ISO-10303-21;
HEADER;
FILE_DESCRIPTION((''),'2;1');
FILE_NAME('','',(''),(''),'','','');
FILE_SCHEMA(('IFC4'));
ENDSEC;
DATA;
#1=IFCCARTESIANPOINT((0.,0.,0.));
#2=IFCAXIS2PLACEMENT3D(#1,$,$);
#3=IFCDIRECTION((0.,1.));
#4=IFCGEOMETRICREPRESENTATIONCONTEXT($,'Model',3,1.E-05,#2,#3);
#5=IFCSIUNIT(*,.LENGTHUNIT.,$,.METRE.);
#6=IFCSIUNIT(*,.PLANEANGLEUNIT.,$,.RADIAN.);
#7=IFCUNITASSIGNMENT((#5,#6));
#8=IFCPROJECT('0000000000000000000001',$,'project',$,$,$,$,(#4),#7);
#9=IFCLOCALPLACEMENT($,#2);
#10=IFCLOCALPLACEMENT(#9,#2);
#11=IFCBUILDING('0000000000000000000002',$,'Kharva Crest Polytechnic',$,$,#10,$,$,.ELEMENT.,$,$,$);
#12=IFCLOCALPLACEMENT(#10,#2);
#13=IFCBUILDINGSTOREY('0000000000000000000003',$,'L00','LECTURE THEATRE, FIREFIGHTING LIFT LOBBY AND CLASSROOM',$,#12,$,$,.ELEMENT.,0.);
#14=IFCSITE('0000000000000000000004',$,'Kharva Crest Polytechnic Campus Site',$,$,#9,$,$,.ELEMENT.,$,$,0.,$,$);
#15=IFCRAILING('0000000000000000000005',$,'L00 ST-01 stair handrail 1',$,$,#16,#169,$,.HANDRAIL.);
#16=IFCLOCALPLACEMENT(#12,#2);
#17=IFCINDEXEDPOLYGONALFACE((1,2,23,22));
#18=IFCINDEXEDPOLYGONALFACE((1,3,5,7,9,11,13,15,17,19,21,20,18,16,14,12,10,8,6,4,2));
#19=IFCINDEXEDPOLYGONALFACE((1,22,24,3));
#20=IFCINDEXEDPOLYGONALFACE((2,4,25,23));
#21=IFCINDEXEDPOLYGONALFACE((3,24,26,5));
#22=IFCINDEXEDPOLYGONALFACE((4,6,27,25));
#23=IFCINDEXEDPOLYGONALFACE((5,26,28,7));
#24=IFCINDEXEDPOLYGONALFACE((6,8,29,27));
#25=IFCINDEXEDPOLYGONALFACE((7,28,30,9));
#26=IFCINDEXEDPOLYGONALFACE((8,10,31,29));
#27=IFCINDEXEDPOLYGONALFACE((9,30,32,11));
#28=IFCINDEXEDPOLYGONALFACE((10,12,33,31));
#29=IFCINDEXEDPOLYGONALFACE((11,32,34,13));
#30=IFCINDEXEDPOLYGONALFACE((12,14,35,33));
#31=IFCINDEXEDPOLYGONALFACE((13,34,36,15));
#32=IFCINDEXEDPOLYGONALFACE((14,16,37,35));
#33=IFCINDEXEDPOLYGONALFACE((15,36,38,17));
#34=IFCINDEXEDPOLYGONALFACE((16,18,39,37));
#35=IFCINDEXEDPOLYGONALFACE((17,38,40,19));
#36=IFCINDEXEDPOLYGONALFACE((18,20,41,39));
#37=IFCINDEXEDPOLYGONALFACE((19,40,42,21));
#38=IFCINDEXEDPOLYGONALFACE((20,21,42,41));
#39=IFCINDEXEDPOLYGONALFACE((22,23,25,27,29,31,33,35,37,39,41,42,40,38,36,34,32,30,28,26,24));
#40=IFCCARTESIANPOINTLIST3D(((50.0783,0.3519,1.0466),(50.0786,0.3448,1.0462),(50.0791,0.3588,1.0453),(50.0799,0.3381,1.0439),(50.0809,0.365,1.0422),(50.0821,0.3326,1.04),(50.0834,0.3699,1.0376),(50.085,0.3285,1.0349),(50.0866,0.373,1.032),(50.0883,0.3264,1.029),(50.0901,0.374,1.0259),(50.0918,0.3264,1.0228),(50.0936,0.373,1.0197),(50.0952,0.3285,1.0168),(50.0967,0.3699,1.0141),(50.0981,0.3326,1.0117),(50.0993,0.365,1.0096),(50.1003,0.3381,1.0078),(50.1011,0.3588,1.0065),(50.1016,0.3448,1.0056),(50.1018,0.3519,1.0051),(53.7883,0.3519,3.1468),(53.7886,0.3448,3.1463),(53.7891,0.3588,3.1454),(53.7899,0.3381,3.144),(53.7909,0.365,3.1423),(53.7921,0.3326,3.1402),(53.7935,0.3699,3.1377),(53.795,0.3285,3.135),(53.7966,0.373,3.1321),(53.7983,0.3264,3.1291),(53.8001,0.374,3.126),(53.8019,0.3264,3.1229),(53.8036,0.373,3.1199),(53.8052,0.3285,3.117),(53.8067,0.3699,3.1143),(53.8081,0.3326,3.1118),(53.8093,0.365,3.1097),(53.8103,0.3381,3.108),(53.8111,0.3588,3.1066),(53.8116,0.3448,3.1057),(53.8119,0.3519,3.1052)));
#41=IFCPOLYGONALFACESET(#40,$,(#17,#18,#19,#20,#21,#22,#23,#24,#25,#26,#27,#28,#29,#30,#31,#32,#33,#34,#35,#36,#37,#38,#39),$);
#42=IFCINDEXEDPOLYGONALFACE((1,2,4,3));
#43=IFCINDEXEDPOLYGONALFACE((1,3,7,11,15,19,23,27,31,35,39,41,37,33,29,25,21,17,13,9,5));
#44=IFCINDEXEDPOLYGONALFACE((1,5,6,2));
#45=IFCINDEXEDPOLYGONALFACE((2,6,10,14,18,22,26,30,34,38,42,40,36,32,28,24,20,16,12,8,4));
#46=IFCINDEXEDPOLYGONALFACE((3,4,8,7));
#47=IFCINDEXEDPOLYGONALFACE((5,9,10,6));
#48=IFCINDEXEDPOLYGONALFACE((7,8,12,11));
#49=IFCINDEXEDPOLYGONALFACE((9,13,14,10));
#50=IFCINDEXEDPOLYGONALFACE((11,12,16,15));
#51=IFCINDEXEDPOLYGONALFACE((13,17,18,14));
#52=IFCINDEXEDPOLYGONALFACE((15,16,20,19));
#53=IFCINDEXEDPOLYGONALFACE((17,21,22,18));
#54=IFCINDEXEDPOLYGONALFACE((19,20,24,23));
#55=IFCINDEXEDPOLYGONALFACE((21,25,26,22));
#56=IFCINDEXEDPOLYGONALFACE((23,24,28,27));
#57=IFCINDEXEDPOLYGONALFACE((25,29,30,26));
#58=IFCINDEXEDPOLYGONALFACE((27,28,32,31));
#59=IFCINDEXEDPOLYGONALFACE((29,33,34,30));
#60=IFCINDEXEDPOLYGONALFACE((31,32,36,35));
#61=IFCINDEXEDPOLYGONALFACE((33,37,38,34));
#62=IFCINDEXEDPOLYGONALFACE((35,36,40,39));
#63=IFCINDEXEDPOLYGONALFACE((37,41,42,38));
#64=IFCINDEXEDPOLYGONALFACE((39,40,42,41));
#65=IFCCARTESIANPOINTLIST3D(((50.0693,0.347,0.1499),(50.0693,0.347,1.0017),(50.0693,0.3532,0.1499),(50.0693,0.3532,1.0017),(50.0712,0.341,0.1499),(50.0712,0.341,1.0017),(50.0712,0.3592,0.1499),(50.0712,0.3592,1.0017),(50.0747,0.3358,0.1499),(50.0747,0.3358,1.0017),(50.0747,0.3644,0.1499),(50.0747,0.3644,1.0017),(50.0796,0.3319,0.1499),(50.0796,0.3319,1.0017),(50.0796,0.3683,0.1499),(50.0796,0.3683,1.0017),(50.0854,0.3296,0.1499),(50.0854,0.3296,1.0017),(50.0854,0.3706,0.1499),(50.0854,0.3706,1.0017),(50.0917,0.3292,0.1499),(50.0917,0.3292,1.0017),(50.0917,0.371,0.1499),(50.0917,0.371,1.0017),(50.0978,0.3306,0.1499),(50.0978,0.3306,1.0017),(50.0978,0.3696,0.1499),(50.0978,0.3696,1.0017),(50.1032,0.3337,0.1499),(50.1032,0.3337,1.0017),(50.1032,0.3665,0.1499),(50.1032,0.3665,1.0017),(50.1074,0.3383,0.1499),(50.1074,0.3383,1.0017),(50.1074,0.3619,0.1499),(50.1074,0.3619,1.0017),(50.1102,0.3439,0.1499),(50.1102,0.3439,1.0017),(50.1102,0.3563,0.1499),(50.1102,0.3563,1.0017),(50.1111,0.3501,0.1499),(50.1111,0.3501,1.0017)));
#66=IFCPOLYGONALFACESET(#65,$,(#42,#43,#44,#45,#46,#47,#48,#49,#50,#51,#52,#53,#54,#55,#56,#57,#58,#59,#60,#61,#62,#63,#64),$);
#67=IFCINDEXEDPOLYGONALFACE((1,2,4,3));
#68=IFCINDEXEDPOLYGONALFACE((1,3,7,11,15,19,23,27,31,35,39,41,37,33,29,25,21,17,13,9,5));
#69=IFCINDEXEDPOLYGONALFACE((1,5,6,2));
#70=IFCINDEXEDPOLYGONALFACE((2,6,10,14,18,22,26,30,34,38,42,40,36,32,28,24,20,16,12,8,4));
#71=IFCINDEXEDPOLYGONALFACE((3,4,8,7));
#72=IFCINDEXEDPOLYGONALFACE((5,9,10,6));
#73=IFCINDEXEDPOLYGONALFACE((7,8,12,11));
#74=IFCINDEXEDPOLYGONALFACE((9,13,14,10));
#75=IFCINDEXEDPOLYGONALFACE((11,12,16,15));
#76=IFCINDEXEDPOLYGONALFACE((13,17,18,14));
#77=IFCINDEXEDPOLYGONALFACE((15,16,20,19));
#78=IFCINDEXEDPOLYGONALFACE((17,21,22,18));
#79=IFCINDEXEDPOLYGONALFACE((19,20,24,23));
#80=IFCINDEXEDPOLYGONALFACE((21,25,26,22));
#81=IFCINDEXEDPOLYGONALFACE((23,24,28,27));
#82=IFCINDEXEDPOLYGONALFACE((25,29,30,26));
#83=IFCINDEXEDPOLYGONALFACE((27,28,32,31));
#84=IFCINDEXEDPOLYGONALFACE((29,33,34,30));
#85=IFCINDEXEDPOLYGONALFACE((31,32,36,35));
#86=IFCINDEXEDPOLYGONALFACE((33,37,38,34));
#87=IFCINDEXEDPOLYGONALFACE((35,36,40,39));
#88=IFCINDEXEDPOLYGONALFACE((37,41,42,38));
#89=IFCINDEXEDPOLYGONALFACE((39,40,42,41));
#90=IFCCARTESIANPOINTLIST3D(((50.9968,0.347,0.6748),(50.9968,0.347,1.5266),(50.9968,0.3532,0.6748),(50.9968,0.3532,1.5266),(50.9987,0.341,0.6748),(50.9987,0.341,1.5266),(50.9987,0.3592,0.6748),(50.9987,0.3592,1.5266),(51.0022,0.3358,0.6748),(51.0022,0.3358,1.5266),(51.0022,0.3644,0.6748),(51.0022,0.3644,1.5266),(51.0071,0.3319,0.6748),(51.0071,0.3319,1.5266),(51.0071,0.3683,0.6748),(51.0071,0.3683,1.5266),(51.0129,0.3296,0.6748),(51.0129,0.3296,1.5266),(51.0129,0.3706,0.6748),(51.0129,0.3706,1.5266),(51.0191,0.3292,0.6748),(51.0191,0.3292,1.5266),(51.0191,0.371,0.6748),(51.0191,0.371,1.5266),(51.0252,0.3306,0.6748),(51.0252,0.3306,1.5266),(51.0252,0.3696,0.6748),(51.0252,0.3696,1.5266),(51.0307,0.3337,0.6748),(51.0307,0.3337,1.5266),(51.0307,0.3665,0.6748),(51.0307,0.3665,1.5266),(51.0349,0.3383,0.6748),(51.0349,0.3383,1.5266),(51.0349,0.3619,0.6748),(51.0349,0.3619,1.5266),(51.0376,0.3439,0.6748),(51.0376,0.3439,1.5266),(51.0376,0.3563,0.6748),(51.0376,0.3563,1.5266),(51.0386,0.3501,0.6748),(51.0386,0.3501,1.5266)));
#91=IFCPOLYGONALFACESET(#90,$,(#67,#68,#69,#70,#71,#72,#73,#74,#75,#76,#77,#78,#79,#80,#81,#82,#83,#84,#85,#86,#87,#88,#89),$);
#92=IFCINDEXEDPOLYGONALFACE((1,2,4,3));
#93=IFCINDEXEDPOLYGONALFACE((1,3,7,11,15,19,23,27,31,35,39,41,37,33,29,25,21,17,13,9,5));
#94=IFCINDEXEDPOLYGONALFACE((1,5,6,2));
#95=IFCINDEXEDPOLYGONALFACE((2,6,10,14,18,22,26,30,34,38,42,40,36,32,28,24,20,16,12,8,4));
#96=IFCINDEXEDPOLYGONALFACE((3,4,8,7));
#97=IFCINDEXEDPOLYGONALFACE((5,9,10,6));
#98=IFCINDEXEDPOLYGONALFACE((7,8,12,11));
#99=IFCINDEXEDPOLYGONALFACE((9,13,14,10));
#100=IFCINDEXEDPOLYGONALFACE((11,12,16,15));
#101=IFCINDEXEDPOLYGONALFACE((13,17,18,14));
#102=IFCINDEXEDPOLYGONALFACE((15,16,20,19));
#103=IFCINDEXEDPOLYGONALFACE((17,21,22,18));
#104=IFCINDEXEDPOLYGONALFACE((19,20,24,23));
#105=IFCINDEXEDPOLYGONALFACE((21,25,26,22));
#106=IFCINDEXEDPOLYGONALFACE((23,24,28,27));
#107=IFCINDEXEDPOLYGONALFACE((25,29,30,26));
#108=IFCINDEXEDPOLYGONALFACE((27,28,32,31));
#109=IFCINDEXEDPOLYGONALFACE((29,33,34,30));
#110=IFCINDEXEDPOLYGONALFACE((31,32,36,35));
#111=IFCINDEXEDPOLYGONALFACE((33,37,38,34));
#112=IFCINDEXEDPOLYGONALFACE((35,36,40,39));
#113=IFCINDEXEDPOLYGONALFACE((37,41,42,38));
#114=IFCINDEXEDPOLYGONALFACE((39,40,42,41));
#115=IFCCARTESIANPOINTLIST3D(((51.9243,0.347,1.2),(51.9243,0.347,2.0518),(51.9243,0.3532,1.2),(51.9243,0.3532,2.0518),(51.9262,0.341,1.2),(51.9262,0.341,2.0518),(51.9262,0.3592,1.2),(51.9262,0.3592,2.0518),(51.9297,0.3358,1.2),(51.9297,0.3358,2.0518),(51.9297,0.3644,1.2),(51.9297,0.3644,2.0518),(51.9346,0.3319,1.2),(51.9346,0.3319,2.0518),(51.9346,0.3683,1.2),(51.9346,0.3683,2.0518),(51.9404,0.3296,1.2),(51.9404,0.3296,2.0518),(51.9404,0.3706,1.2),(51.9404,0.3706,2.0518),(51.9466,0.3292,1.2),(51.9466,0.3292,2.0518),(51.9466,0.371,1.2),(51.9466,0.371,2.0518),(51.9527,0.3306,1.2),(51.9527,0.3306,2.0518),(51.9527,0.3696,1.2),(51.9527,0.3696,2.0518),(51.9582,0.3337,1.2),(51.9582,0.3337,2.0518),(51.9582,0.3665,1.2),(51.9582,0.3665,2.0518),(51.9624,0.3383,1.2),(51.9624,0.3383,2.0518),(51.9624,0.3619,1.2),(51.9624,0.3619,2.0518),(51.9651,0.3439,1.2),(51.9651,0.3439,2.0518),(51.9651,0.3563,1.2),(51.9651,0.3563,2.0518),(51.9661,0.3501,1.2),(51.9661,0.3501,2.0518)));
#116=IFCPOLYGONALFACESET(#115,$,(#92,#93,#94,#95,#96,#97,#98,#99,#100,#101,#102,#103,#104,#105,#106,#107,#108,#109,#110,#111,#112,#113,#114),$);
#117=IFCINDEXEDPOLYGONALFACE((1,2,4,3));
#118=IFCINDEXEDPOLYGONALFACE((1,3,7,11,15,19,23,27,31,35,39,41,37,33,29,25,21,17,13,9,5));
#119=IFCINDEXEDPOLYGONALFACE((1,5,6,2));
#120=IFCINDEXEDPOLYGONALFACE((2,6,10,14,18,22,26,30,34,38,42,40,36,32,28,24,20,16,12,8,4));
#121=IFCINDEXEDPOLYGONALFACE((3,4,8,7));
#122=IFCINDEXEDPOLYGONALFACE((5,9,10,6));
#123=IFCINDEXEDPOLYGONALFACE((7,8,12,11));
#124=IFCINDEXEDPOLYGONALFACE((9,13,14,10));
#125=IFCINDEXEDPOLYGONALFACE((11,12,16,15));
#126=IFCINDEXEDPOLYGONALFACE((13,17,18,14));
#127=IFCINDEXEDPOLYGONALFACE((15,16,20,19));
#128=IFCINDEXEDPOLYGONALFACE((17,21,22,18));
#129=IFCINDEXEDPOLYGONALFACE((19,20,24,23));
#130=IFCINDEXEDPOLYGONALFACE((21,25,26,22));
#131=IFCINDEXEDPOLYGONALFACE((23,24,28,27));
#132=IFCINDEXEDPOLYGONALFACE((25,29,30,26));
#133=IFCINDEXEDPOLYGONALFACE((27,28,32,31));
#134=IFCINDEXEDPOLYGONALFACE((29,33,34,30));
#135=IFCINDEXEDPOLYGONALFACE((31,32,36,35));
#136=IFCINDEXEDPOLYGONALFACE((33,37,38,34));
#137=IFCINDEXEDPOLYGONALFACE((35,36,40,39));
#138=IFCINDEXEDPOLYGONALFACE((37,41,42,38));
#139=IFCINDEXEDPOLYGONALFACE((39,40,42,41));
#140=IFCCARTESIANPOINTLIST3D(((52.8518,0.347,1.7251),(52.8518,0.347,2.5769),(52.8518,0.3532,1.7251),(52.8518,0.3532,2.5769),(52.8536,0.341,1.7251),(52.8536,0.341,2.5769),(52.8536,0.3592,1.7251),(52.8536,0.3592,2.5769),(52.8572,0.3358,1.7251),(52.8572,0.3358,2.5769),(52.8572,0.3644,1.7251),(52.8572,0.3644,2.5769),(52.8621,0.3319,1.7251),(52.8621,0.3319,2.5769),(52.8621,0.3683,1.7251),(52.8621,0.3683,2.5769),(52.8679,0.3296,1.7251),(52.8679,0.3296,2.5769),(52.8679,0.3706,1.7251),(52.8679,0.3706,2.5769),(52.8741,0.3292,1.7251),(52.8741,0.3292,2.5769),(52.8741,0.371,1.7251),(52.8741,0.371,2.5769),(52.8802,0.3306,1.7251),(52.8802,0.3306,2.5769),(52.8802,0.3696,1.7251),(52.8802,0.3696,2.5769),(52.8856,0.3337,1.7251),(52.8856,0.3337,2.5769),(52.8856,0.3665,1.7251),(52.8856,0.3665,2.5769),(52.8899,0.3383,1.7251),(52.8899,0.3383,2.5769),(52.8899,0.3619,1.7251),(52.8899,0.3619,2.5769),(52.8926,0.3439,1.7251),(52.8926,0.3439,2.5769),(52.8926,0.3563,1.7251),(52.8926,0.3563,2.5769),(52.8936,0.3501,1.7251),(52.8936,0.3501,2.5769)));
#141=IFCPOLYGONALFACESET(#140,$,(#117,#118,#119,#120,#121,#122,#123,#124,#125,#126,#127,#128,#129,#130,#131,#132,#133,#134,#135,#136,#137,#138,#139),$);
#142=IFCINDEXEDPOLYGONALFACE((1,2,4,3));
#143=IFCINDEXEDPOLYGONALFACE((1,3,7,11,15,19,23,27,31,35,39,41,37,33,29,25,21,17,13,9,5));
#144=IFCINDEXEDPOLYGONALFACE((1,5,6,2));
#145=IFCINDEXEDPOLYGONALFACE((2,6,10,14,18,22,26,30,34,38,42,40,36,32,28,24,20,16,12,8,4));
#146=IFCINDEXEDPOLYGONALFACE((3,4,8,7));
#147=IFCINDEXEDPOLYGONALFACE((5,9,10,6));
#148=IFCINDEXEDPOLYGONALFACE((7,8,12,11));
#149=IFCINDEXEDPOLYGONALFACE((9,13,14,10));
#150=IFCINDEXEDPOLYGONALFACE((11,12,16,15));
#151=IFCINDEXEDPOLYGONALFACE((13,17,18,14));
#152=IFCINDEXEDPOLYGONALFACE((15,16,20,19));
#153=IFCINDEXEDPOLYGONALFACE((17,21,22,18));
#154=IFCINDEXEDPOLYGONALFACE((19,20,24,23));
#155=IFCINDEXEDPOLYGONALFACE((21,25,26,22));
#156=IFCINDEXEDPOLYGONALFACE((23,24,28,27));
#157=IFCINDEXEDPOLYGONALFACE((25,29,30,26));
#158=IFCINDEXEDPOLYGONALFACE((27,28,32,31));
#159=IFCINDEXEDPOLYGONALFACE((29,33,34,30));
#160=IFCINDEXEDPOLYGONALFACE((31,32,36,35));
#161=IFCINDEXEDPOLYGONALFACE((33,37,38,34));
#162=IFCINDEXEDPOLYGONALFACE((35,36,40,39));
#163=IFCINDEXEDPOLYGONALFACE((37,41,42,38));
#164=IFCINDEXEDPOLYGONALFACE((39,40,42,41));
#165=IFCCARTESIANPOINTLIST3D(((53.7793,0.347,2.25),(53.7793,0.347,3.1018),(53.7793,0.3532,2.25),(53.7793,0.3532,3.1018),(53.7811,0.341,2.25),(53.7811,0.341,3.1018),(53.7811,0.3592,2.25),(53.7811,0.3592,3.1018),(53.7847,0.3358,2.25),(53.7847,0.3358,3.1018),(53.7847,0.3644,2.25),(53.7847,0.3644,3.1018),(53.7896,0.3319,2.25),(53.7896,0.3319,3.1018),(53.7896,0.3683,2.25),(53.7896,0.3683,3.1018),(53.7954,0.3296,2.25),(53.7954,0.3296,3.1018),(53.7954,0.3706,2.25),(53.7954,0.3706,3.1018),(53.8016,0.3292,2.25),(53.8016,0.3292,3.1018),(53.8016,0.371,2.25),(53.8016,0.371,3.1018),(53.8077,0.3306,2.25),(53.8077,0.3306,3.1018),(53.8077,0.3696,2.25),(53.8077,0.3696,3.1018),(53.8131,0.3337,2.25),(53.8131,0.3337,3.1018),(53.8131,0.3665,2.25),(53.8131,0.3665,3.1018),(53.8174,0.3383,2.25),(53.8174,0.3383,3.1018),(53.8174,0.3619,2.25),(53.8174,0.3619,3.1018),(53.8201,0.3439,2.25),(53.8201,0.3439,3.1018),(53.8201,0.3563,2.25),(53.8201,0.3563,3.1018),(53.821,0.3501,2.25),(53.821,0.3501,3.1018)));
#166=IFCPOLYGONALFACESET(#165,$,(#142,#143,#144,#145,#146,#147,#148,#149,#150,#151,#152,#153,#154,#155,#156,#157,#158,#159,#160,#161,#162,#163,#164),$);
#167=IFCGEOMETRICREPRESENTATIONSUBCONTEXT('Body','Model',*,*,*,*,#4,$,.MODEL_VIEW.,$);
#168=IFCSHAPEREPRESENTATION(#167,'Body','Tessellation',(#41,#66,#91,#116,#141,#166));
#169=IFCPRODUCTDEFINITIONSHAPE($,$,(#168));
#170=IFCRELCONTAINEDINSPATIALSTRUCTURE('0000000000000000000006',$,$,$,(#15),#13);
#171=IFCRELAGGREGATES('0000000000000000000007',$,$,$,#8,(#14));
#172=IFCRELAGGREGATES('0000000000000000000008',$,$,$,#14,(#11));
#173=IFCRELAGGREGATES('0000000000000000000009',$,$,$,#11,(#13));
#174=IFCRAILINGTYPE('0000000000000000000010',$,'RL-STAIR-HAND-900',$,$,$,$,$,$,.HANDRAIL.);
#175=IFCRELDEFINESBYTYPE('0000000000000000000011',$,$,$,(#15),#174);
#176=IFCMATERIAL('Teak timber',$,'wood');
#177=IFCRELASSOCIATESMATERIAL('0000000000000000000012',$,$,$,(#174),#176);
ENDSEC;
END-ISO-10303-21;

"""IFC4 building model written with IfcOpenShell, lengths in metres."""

from ifc_helpers import new_model, si_unit, direction, frame, origin, origin_2d, place, context, subcontext, project, spatial, circle, extrude, material, type_object, element, save


model = new_model("IFC4")

# Units and contexts
model_context = context("Model", 3, precision=1e-05, world=origin(), true_north=direction((0.0, 1.0)))
body_context = subcontext(model_context, "Body", "Model", "MODEL_VIEW")
ifc_project = project(units=[si_unit("LENGTHUNIT", "METRE"), si_unit("PLANEANGLEUNIT", "RADIAN")], contexts=[model_context])

# Site, building, storey
site_placement = place(None, origin())
site = spatial("IfcSite", under=ifc_project, at=site_placement, Name="Kharva Crest Polytechnic Campus Site", CompositionType="ELEMENT", RefElevation=0.0)
building_placement = place(site_placement, origin())
building = spatial("IfcBuilding", under=site, at=building_placement, Name="Kharva Crest Polytechnic", CompositionType="ELEMENT")
storey_placement = place(building_placement, origin())
storey = spatial("IfcBuildingStorey", under=building, at=storey_placement, Name="L00", Description="LECTURE THEATRE, FIREFIGHTING LIFT LOBBY AND CLASSROOM", CompositionType="ELEMENT", Elevation=0.0)

# Shared definitions
ifc_material_1 = material(Name="Teak timber", Category="wood")

# Railing
railing_type_1 = type_object("IfcRailingType", Name="RL-STAIR-HAND-900", PredefinedType="HANDRAIL", material=ifc_material_1)
railing_1_placement = place(storey_placement, frame((50.0901, 0.3501, 0.1499)))
element("IfcRailing", 1, at=railing_1_placement, inside=storey, type_object=railing_type_1, Name="L00 ST-01 stair handrail 1", PredefinedType="HANDRAIL", context=body_context, shape_type="SweptSolid", body=[
    extrude(circle(Radius=0.0239, at=origin_2d()), frame((0.0, 0.0, 0.876), z_axis=(0.870245, 0.0, 0.492619), x_axis=(0.0, 1.0, 0.0)), (0.0, 0.0, 1.0), 4.2632),
    extrude(circle(Radius=0.021, at=origin_2d()), origin(), (0.0, 0.0, 1.0), 0.8518),
    extrude(circle(Radius=0.021, at=origin_2d()), frame((0.9275, 0.0, 0.5249)), (0.0, 0.0, 1.0), 0.8518),
    extrude(circle(Radius=0.021, at=origin_2d()), frame((1.855, 0.0, 1.05)), (0.0, 0.0, 1.0), 0.8518),
    extrude(circle(Radius=0.021, at=origin_2d()), frame((2.7825, 0.0, 1.5752)), (0.0, 0.0, 1.0), 0.8518),
    extrude(circle(Radius=0.021, at=origin_2d()), frame((3.71, 0.0, 2.1001)), (0.0, 0.0, 1.0), 0.8518),
])

save(model, "model.ifc")
